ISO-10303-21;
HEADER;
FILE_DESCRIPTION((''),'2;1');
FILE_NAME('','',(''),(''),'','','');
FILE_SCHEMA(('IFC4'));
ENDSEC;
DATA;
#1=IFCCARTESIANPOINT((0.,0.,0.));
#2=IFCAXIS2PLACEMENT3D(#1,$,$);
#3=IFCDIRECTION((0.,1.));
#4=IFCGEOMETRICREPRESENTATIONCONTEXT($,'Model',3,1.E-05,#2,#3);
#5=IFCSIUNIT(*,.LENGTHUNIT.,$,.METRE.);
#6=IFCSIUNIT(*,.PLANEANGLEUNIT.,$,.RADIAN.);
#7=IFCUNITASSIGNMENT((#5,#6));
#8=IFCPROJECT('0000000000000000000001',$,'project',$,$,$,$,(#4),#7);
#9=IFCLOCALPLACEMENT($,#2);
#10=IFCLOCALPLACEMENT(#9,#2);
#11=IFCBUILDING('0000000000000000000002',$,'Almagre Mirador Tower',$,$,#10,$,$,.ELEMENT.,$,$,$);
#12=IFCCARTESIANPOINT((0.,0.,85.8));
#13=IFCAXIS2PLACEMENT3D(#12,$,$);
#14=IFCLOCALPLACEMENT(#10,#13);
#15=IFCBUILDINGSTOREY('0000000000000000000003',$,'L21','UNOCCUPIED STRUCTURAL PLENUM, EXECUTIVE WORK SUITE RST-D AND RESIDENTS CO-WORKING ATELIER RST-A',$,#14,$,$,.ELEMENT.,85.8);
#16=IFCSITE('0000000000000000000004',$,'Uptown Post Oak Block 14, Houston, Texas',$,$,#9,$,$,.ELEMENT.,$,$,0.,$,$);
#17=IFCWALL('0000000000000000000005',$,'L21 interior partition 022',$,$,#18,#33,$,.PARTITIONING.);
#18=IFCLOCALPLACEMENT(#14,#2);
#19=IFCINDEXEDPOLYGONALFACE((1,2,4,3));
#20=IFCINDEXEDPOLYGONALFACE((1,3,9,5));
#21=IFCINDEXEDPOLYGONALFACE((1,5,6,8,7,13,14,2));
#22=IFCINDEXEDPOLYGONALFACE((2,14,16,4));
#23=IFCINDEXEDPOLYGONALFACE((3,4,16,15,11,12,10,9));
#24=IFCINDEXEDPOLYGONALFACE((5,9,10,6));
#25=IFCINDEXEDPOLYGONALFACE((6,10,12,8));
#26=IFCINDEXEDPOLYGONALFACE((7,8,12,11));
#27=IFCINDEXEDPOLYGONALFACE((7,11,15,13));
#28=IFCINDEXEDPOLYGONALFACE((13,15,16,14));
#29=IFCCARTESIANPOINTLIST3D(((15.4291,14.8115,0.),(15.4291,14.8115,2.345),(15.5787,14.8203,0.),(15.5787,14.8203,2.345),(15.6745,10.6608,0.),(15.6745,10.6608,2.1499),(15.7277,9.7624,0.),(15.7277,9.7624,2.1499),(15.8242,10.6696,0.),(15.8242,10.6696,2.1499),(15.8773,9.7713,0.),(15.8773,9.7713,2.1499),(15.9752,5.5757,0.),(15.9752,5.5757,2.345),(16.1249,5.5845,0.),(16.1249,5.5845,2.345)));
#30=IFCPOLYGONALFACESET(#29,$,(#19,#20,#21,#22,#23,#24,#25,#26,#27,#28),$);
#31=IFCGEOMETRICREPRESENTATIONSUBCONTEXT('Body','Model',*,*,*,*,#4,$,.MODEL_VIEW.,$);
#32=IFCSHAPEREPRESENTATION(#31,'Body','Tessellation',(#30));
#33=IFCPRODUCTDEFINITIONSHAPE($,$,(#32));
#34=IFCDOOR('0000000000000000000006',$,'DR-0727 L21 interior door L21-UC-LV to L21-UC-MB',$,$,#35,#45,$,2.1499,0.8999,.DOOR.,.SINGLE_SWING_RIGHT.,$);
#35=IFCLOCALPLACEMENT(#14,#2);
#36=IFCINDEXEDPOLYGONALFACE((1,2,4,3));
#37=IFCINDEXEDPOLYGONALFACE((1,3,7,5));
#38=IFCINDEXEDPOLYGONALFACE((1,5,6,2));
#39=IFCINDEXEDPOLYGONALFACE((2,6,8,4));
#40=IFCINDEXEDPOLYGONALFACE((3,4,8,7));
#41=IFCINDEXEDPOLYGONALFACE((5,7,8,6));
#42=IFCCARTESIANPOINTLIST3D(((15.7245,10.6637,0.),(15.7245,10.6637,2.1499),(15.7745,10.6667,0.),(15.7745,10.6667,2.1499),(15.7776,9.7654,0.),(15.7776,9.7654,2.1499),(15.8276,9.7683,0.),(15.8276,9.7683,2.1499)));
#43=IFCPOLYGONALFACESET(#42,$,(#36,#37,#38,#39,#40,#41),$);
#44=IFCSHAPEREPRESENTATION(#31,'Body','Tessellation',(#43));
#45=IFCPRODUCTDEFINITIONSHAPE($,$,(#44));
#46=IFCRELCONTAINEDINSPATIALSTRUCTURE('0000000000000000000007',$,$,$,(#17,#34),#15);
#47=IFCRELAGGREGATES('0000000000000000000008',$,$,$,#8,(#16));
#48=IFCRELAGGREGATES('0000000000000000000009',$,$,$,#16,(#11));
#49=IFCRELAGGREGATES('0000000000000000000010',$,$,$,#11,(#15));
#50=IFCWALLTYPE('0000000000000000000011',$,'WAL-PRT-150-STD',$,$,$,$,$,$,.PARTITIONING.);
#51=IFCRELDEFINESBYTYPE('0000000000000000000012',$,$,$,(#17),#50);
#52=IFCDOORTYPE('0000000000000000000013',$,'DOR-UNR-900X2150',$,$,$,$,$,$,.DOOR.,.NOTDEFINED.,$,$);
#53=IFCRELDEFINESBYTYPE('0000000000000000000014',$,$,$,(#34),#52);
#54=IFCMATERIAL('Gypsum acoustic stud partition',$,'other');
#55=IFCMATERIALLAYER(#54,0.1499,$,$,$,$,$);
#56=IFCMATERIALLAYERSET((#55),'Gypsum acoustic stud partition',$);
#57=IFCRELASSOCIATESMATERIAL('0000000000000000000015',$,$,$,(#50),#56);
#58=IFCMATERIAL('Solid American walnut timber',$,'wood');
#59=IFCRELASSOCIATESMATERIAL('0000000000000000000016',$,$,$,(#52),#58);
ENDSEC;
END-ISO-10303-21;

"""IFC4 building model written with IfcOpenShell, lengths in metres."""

from ifc_helpers import new_model, si_unit, direction, frame, frame_2d, origin, place, context, subcontext, project, spatial, rectangle, extrude, material, layer, layer_set, type_object, element, fill, save


model = new_model("IFC4")

# Units and contexts
model_context = context("Model", 3, precision=1e-05, world=origin(), true_north=direction((0.0, 1.0)))
body_context = subcontext(model_context, "Body", "Model", "MODEL_VIEW")
ifc_project = project(units=[si_unit("LENGTHUNIT", "METRE"), si_unit("PLANEANGLEUNIT", "RADIAN")], contexts=[model_context])

# Site, building, storey
site_placement = place(None, origin())
site = spatial("IfcSite", under=ifc_project, at=site_placement, Name="Uptown Post Oak Block 14, Houston, Texas", CompositionType="ELEMENT", RefElevation=0.0)
building_placement = place(site_placement, origin())
building = spatial("IfcBuilding", under=site, at=building_placement, Name="Almagre Mirador Tower", CompositionType="ELEMENT")
storey_placement = place(building_placement, frame((0.0, 0.0, 85.8)))
storey = spatial("IfcBuildingStorey", under=building, at=storey_placement, Name="L21", Description="UNOCCUPIED STRUCTURAL PLENUM, EXECUTIVE WORK SUITE RST-D AND RESIDENTS CO-WORKING ATELIER RST-A", CompositionType="ELEMENT", Elevation=85.8)

# Shared definitions
ifc_material_1 = material(Name="Gypsum acoustic stud partition", Category="other")
ifc_layer_1 = layer(ifc_material_1, 0.1499)
ifc_layer_set_1 = layer_set([ifc_layer_1], Name="Gypsum acoustic stud partition")
wall_type_1 = type_object("IfcWallType", Name="WAL-PRT-150-STD", PredefinedType="PARTITIONING", material=ifc_layer_set_1)

# Wall, opening, door
wall_1_placement = place(storey_placement, frame((16.05, 5.5801, 0.0), z_axis=(0.0, 0.0, 1.0), x_axis=(-0.05903, 0.998256, 0.0)))
wall_1 = element("IfcWall", 1, at=wall_1_placement, inside=storey, type_object=wall_type_1, Name="L21 interior partition 022", PredefinedType="PARTITIONING", context=body_context, shape_type="SweptSolid", body=[
    extrude(rectangle(XDim=9.252, YDim=0.1499, at=frame_2d((4.626, 0.0))), origin(), (0.0, 0.0, 1.0), 2.345),
])
opening_1_placement = place(wall_1_placement, frame((4.1941, 0.0, 0.0)))
opening_1 = element("IfcOpeningElement", 2, at=opening_1_placement, cuts=wall_1, PredefinedType="OPENING", context=body_context, shape_type="SweptSolid", body=[
    extrude(rectangle(XDim=0.8999, YDim=2.1499, at=frame_2d((0.45, 1.075))), frame((0.0, 0.085, 0.0), z_axis=(0.0, -1.0, 0.0), x_axis=(1.0, 0.0, 0.0)), (0.0, 0.0, 1.0), 0.1699),
])
ifc_material_2 = material(Name="Solid American walnut timber", Category="wood")
door_type_1 = type_object("IfcDoorType", Name="DOR-UNR-900X2150", OperationType="NOTDEFINED", PredefinedType="DOOR", material=ifc_material_2)
door_1_placement = place(opening_1_placement, origin())
door_1 = element("IfcDoor", 3, at=door_1_placement, inside=storey, type_object=door_type_1, Name="DR-0727 L21 interior door L21-UC-LV to L21-UC-MB", OperationType="SINGLE_SWING_RIGHT", OverallHeight=2.1499, OverallWidth=0.8999, PredefinedType="DOOR", context=body_context, shape_type="SweptSolid", body=[
    extrude(rectangle(XDim=0.8999, YDim=2.1499, at=frame_2d((0.45, 1.075))), frame((0.0, 0.0249, 0.0), z_axis=(0.0, -1.0, 0.0), x_axis=(1.0, 0.0, 0.0)), (0.0, 0.0, 1.0), 0.05),
])
fill(opening_1, door_1)

save(model, "model.ifc")
